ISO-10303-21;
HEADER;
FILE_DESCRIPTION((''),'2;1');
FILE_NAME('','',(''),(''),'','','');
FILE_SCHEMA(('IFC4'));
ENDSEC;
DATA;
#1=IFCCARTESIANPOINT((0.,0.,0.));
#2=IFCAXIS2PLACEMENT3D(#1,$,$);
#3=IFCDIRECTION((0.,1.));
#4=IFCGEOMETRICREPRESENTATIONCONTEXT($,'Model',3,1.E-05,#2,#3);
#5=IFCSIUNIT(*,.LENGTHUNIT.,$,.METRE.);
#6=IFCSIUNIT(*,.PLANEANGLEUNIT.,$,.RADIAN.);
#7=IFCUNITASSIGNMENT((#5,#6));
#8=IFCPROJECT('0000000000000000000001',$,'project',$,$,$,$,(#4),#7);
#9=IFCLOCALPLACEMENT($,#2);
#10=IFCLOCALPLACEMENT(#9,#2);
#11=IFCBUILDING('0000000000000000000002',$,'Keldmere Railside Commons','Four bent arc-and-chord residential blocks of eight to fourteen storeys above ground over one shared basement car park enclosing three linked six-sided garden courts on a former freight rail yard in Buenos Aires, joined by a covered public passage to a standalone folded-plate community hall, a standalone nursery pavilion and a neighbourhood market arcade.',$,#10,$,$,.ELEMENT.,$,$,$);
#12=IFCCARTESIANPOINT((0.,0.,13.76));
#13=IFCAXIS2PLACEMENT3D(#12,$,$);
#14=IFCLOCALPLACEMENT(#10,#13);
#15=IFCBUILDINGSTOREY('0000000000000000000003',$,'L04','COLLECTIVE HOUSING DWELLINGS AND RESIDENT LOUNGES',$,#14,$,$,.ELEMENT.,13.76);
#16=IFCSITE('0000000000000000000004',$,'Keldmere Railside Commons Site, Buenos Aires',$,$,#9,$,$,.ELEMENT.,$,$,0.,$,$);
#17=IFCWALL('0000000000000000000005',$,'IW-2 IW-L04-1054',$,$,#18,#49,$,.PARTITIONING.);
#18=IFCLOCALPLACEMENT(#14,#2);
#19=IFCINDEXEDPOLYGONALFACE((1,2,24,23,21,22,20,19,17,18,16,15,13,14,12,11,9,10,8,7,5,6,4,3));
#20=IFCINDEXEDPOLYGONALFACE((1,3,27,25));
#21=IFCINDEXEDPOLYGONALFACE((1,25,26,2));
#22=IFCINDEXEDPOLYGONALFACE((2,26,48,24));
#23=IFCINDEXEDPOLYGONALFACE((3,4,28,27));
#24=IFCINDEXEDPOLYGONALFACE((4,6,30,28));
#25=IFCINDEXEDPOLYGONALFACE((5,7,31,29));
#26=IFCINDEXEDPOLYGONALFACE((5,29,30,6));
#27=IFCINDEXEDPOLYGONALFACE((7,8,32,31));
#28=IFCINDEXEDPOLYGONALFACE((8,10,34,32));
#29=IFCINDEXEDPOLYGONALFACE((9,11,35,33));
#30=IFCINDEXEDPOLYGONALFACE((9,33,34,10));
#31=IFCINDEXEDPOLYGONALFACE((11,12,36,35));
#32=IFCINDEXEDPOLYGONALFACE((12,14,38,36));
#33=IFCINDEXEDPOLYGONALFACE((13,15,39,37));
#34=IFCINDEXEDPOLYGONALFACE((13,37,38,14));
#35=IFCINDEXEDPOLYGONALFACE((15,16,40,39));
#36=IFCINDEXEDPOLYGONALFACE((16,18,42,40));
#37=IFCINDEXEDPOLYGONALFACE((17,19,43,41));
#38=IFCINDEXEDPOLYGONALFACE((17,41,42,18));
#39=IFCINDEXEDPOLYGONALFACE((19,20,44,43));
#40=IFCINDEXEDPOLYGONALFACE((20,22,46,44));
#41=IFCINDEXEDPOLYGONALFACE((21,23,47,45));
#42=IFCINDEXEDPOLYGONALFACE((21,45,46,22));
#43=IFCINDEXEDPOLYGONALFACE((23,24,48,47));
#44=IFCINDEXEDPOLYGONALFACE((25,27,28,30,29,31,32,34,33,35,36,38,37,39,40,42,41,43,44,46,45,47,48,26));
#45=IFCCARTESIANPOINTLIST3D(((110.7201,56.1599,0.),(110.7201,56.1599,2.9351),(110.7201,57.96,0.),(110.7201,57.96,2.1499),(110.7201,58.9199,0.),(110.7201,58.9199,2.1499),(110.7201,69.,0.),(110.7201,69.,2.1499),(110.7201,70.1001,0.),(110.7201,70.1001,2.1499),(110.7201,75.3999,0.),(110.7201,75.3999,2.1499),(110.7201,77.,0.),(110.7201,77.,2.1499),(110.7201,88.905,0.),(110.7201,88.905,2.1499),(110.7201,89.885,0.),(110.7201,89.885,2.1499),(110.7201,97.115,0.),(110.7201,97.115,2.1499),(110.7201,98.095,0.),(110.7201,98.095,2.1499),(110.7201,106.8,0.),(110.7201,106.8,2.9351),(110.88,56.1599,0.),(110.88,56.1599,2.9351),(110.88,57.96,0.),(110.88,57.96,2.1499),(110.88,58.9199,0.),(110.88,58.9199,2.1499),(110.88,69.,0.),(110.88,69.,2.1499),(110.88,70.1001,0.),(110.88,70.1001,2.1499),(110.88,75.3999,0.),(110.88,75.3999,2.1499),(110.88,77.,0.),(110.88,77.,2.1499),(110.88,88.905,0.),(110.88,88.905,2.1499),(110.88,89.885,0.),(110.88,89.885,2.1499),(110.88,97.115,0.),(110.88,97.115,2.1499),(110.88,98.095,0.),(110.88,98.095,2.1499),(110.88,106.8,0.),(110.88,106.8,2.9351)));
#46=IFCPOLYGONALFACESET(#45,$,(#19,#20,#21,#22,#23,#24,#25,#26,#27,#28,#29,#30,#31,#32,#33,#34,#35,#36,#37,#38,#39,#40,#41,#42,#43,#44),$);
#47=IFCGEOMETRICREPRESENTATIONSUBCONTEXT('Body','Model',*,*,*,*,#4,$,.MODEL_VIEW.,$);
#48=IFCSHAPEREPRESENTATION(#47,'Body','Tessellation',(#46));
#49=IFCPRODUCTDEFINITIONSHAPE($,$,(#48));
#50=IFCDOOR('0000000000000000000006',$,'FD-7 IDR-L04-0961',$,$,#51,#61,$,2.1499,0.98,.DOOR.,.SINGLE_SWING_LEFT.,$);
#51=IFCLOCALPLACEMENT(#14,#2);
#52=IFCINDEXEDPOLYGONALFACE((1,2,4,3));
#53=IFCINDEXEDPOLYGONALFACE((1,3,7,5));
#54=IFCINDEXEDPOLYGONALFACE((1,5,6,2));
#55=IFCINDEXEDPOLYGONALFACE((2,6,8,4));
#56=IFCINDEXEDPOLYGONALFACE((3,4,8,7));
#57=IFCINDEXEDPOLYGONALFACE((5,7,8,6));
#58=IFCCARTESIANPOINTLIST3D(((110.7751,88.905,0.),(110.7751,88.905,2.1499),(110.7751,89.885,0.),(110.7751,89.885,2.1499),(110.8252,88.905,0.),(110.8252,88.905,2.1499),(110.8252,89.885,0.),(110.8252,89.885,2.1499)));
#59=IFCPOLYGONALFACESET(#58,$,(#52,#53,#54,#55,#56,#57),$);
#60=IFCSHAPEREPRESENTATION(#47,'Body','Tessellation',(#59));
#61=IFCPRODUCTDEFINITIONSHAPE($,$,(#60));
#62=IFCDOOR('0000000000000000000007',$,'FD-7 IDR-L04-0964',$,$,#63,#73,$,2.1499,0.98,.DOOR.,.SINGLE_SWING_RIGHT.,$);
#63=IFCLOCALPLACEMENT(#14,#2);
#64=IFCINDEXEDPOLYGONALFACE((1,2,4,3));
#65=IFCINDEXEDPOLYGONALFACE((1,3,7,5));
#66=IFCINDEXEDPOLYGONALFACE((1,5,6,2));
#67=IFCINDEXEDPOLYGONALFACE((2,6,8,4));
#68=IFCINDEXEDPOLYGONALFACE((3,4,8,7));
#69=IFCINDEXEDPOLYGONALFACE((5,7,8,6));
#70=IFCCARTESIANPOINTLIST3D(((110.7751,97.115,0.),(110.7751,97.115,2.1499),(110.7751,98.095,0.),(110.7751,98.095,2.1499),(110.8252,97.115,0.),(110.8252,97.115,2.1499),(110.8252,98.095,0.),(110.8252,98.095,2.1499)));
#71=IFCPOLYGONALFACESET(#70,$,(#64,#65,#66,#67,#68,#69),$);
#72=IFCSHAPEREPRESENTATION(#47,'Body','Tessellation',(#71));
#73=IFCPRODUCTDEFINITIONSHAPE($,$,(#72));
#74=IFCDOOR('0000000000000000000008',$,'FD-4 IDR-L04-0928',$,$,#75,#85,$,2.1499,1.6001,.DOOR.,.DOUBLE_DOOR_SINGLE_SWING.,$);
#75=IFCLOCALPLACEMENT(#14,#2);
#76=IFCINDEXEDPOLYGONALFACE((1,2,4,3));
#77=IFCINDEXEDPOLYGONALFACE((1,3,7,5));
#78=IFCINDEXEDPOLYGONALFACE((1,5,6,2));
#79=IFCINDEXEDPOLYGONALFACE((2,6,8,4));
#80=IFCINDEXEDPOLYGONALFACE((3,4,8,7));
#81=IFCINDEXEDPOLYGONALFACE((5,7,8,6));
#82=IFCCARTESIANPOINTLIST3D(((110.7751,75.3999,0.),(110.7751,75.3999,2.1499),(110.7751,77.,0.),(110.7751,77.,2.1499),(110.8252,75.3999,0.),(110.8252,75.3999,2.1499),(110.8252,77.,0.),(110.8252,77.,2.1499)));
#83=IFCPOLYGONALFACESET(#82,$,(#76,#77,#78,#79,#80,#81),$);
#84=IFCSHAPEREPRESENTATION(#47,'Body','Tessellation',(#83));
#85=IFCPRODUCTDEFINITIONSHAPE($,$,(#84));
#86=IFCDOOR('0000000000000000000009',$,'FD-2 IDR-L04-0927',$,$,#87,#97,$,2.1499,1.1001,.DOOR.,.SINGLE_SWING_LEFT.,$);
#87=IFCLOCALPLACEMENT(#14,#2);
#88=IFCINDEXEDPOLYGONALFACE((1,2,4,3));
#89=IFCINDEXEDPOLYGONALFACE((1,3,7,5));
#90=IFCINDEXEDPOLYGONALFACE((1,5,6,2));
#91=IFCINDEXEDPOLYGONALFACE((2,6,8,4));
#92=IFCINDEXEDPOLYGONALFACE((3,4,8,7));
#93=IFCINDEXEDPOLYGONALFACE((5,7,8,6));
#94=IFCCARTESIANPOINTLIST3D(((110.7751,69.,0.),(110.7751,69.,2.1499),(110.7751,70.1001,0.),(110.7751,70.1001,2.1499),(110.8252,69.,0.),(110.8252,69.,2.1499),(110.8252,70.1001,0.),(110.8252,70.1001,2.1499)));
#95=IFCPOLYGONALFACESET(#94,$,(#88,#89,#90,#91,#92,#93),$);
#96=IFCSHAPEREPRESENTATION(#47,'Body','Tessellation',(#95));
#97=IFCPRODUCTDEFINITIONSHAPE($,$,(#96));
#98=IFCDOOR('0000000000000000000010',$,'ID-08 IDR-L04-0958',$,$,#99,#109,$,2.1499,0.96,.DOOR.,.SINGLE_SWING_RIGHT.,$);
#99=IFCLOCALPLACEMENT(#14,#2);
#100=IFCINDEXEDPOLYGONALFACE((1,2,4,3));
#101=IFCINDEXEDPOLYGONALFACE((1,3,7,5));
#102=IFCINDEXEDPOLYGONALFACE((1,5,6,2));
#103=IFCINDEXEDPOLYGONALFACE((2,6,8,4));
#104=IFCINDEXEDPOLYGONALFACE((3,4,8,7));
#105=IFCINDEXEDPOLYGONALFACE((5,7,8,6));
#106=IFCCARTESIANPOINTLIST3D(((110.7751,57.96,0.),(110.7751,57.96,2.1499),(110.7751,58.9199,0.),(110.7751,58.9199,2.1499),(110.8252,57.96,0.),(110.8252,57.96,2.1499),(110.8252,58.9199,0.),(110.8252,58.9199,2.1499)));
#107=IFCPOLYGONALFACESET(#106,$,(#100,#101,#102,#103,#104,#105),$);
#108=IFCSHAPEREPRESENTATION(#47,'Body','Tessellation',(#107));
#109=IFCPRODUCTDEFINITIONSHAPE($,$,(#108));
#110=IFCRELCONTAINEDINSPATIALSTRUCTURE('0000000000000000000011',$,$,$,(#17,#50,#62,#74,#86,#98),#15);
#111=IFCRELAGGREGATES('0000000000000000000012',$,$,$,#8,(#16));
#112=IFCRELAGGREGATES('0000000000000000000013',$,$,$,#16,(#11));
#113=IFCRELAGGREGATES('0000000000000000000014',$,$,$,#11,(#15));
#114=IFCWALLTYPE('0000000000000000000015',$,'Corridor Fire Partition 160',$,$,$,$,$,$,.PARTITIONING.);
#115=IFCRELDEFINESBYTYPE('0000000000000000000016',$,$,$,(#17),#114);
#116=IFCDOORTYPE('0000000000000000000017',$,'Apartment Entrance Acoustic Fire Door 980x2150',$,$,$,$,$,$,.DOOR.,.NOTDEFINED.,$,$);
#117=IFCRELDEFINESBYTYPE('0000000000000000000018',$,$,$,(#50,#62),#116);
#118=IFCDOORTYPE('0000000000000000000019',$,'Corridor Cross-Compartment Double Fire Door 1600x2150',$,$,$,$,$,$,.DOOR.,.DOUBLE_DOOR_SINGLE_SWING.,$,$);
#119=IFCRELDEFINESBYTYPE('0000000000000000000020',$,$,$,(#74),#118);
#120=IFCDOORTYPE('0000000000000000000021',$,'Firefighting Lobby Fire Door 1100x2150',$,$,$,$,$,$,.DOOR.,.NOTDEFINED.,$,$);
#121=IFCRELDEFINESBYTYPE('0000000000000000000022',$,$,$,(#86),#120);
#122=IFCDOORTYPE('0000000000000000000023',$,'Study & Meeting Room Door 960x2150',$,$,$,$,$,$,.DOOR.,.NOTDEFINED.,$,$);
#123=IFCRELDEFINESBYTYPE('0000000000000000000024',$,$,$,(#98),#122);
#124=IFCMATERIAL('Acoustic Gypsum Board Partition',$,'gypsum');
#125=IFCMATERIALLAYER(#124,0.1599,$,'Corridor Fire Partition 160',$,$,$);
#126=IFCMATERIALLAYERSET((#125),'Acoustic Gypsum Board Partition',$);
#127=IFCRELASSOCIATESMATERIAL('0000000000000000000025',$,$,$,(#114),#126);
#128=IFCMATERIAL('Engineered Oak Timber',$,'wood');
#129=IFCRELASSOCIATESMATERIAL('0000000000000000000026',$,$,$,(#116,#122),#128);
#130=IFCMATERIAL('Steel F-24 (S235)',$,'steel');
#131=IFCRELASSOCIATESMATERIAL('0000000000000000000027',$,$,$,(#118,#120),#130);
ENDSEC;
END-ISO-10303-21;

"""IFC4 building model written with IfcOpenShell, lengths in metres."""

from ifc_helpers import new_model, si_unit, direction, frame, frame_2d, origin, place, context, subcontext, project, spatial, rectangle, extrude, material, layer, layer_set, type_object, element, fill, save


model = new_model("IFC4")

# Units and contexts
model_context = context("Model", 3, precision=1e-05, world=origin(), true_north=direction((0.0, 1.0)))
body_context = subcontext(model_context, "Body", "Model", "MODEL_VIEW")
ifc_project = project(units=[si_unit("LENGTHUNIT", "METRE"), si_unit("PLANEANGLEUNIT", "RADIAN")], contexts=[model_context])

# Site, building, storey
site_placement = place(None, origin())
site = spatial("IfcSite", under=ifc_project, at=site_placement, Name="Keldmere Railside Commons Site, Buenos Aires", CompositionType="ELEMENT", RefElevation=0.0)
building_placement = place(site_placement, origin())
building = spatial("IfcBuilding", under=site, at=building_placement, Name="Keldmere Railside Commons", Description="Four bent arc-and-chord residential blocks of eight to fourteen storeys above ground over one shared basement car park enclosing three linked six-sided garden courts on a former freight rail yard in Buenos Aires, joined by a covered public passage to a standalone folded-plate community hall, a standalone nursery pavilion and a neighbourhood market arcade.", CompositionType="ELEMENT")
storey_placement = place(building_placement, frame((0.0, 0.0, 13.76)))
storey = spatial("IfcBuildingStorey", under=building, at=storey_placement, Name="L04", Description="COLLECTIVE HOUSING DWELLINGS AND RESIDENT LOUNGES", CompositionType="ELEMENT", Elevation=13.76)

# Wall, openings, doors
ifc_material_1 = material(Name="Acoustic Gypsum Board Partition", Category="gypsum")
ifc_layer = layer(ifc_material_1, 0.1599, Name="Corridor Fire Partition 160")
ifc_layer_set = layer_set([ifc_layer], Name="Acoustic Gypsum Board Partition")
wall_type = type_object("IfcWallType", Name="Corridor Fire Partition 160", PredefinedType="PARTITIONING", material=ifc_layer_set)
wall_1_placement = place(storey_placement, frame((110.8, 56.1599, 0.0), z_axis=(0.0, 0.0, 1.0), x_axis=(0.0, 1.0, 0.0)))
wall_1 = element("IfcWall", 1, at=wall_1_placement, inside=storey, type_object=wall_type, Name="IW-2 IW-L04-1054", PredefinedType="PARTITIONING", context=body_context, shape_type="SweptSolid", body=[
    extrude(rectangle(XDim=50.6401, YDim=0.1599, at=frame_2d((25.3201, 0.0))), origin(), (0.0, 0.0, 1.0), 2.9351),
])
opening_1_placement = place(wall_1_placement, frame((12.8401, 0.0, 0.0)))
opening_1 = element("IfcOpeningElement", 2, at=opening_1_placement, cuts=wall_1, PredefinedType="OPENING", context=body_context, shape_type="SweptSolid", body=[
    extrude(rectangle(XDim=1.1001, YDim=2.1499, at=frame_2d((0.55, 1.075))), frame((0.0, 0.0898, 0.0), z_axis=(0.0, -1.0, 0.0), x_axis=(1.0, 0.0, 0.0)), (0.0, 0.0, 1.0), 0.1799),
])
opening_2_placement = place(wall_1_placement, frame((19.24, 0.0, 0.0)))
opening_2 = element("IfcOpeningElement", 3, at=opening_2_placement, cuts=wall_1, PredefinedType="OPENING", context=body_context, shape_type="SweptSolid", body=[
    extrude(rectangle(XDim=1.6001, YDim=2.1499, at=frame_2d((0.8, 1.075))), frame((0.0, 0.0898, 0.0), z_axis=(0.0, -1.0, 0.0), x_axis=(1.0, 0.0, 0.0)), (0.0, 0.0, 1.0), 0.1799),
])
opening_3_placement = place(wall_1_placement, frame((1.8, 0.0, 0.0)))
opening_3 = element("IfcOpeningElement", 4, at=opening_3_placement, cuts=wall_1, PredefinedType="OPENING", context=body_context, shape_type="SweptSolid", body=[
    extrude(rectangle(XDim=0.96, YDim=2.1499, at=frame_2d((0.48, 1.075))), frame((0.0, 0.0898, 0.0), z_axis=(0.0, -1.0, 0.0), x_axis=(1.0, 0.0, 0.0)), (0.0, 0.0, 1.0), 0.1799),
])
opening_4_placement = place(wall_1_placement, frame((32.7451, 0.0, 0.0)))
opening_4 = element("IfcOpeningElement", 5, at=opening_4_placement, cuts=wall_1, PredefinedType="OPENING", context=body_context, shape_type="SweptSolid", body=[
    extrude(rectangle(XDim=0.98, YDim=2.1499, at=frame_2d((0.49, 1.075))), frame((0.0, 0.0898, 0.0), z_axis=(0.0, -1.0, 0.0), x_axis=(1.0, 0.0, 0.0)), (0.0, 0.0, 1.0), 0.1799),
])
opening_5_placement = place(wall_1_placement, frame((40.9551, 0.0, 0.0)))
opening_5 = element("IfcOpeningElement", 6, at=opening_5_placement, cuts=wall_1, PredefinedType="OPENING", context=body_context, shape_type="SweptSolid", body=[
    extrude(rectangle(XDim=0.98, YDim=2.1499, at=frame_2d((0.49, 1.075))), frame((0.0, 0.0898, 0.0), z_axis=(0.0, -1.0, 0.0), x_axis=(1.0, 0.0, 0.0)), (0.0, 0.0, 1.0), 0.1799),
])
ifc_material_2 = material(Name="Engineered Oak Timber", Category="wood")
door_type_1 = type_object("IfcDoorType", Name="Apartment Entrance Acoustic Fire Door 980x2150", OperationType="NOTDEFINED", PredefinedType="DOOR", material=ifc_material_2)
door_1_placement = place(opening_4_placement, origin())
door_1 = element("IfcDoor", 7, at=door_1_placement, inside=storey, type_object=door_type_1, Name="FD-7 IDR-L04-0961", OperationType="SINGLE_SWING_LEFT", OverallHeight=2.1499, OverallWidth=0.98, PredefinedType="DOOR", context=body_context, shape_type="SweptSolid", body=[
    extrude(rectangle(XDim=0.98, YDim=2.1499, at=frame_2d((0.49, 1.075))), frame((0.0, 0.0249, 0.0), z_axis=(0.0, -1.0, 0.0), x_axis=(1.0, 0.0, 0.0)), (0.0, 0.0, 1.0), 0.05),
])
fill(opening_4, door_1)
door_2_placement = place(opening_5_placement, origin())
door_2 = element("IfcDoor", 8, at=door_2_placement, inside=storey, type_object=door_type_1, Name="FD-7 IDR-L04-0964", OperationType="SINGLE_SWING_RIGHT", OverallHeight=2.1499, OverallWidth=0.98, PredefinedType="DOOR", context=body_context, shape_type="SweptSolid", body=[
    extrude(rectangle(XDim=0.98, YDim=2.1499, at=frame_2d((0.49, 1.075))), frame((0.0, 0.0249, 0.0), z_axis=(0.0, -1.0, 0.0), x_axis=(1.0, 0.0, 0.0)), (0.0, 0.0, 1.0), 0.05),
])
fill(opening_5, door_2)
ifc_material_3 = material(Name="Steel F-24 (S235)", Category="steel")
door_type_2 = type_object("IfcDoorType", Name="Corridor Cross-Compartment Double Fire Door 1600x2150", OperationType="DOUBLE_DOOR_SINGLE_SWING", PredefinedType="DOOR", material=ifc_material_3)
door_3_placement = place(opening_2_placement, origin())
door_3 = element("IfcDoor", 9, at=door_3_placement, inside=storey, type_object=door_type_2, Name="FD-4 IDR-L04-0928", OperationType="DOUBLE_DOOR_SINGLE_SWING", OverallHeight=2.1499, OverallWidth=1.6001, PredefinedType="DOOR", context=body_context, shape_type="SweptSolid", body=[
    extrude(rectangle(XDim=1.6001, YDim=2.1499, at=frame_2d((0.8, 1.075))), frame((0.0, 0.0249, 0.0), z_axis=(0.0, -1.0, 0.0), x_axis=(1.0, 0.0, 0.0)), (0.0, 0.0, 1.0), 0.05),
])
fill(opening_2, door_3)
door_type_3 = type_object("IfcDoorType", Name="Firefighting Lobby Fire Door 1100x2150", OperationType="NOTDEFINED", PredefinedType="DOOR", material=ifc_material_3)
door_4_placement = place(opening_1_placement, origin())
door_4 = element("IfcDoor", 10, at=door_4_placement, inside=storey, type_object=door_type_3, Name="FD-2 IDR-L04-0927", OperationType="SINGLE_SWING_LEFT", OverallHeight=2.1499, OverallWidth=1.1001, PredefinedType="DOOR", context=body_context, shape_type="SweptSolid", body=[
    extrude(rectangle(XDim=1.1001, YDim=2.1499, at=frame_2d((0.55, 1.075))), frame((0.0, 0.0249, 0.0), z_axis=(0.0, -1.0, 0.0), x_axis=(1.0, 0.0, 0.0)), (0.0, 0.0, 1.0), 0.05),
])
fill(opening_1, door_4)
door_type_4 = type_object("IfcDoorType", Name="Study & Meeting Room Door 960x2150", OperationType="NOTDEFINED", PredefinedType="DOOR", material=ifc_material_2)
door_5_placement = place(opening_3_placement, origin())
door_5 = element("IfcDoor", 11, at=door_5_placement, inside=storey, type_object=door_type_4, Name="ID-08 IDR-L04-0958", OperationType="SINGLE_SWING_RIGHT", OverallHeight=2.1499, OverallWidth=0.96, PredefinedType="DOOR", context=body_context, shape_type="SweptSolid", body=[
    extrude(rectangle(XDim=0.96, YDim=2.1499, at=frame_2d((0.48, 1.075))), frame((0.0, 0.0249, 0.0), z_axis=(0.0, -1.0, 0.0), x_axis=(1.0, 0.0, 0.0)), (0.0, 0.0, 1.0), 0.05),
])
fill(opening_3, door_5)

save(model, "model.ifc")
